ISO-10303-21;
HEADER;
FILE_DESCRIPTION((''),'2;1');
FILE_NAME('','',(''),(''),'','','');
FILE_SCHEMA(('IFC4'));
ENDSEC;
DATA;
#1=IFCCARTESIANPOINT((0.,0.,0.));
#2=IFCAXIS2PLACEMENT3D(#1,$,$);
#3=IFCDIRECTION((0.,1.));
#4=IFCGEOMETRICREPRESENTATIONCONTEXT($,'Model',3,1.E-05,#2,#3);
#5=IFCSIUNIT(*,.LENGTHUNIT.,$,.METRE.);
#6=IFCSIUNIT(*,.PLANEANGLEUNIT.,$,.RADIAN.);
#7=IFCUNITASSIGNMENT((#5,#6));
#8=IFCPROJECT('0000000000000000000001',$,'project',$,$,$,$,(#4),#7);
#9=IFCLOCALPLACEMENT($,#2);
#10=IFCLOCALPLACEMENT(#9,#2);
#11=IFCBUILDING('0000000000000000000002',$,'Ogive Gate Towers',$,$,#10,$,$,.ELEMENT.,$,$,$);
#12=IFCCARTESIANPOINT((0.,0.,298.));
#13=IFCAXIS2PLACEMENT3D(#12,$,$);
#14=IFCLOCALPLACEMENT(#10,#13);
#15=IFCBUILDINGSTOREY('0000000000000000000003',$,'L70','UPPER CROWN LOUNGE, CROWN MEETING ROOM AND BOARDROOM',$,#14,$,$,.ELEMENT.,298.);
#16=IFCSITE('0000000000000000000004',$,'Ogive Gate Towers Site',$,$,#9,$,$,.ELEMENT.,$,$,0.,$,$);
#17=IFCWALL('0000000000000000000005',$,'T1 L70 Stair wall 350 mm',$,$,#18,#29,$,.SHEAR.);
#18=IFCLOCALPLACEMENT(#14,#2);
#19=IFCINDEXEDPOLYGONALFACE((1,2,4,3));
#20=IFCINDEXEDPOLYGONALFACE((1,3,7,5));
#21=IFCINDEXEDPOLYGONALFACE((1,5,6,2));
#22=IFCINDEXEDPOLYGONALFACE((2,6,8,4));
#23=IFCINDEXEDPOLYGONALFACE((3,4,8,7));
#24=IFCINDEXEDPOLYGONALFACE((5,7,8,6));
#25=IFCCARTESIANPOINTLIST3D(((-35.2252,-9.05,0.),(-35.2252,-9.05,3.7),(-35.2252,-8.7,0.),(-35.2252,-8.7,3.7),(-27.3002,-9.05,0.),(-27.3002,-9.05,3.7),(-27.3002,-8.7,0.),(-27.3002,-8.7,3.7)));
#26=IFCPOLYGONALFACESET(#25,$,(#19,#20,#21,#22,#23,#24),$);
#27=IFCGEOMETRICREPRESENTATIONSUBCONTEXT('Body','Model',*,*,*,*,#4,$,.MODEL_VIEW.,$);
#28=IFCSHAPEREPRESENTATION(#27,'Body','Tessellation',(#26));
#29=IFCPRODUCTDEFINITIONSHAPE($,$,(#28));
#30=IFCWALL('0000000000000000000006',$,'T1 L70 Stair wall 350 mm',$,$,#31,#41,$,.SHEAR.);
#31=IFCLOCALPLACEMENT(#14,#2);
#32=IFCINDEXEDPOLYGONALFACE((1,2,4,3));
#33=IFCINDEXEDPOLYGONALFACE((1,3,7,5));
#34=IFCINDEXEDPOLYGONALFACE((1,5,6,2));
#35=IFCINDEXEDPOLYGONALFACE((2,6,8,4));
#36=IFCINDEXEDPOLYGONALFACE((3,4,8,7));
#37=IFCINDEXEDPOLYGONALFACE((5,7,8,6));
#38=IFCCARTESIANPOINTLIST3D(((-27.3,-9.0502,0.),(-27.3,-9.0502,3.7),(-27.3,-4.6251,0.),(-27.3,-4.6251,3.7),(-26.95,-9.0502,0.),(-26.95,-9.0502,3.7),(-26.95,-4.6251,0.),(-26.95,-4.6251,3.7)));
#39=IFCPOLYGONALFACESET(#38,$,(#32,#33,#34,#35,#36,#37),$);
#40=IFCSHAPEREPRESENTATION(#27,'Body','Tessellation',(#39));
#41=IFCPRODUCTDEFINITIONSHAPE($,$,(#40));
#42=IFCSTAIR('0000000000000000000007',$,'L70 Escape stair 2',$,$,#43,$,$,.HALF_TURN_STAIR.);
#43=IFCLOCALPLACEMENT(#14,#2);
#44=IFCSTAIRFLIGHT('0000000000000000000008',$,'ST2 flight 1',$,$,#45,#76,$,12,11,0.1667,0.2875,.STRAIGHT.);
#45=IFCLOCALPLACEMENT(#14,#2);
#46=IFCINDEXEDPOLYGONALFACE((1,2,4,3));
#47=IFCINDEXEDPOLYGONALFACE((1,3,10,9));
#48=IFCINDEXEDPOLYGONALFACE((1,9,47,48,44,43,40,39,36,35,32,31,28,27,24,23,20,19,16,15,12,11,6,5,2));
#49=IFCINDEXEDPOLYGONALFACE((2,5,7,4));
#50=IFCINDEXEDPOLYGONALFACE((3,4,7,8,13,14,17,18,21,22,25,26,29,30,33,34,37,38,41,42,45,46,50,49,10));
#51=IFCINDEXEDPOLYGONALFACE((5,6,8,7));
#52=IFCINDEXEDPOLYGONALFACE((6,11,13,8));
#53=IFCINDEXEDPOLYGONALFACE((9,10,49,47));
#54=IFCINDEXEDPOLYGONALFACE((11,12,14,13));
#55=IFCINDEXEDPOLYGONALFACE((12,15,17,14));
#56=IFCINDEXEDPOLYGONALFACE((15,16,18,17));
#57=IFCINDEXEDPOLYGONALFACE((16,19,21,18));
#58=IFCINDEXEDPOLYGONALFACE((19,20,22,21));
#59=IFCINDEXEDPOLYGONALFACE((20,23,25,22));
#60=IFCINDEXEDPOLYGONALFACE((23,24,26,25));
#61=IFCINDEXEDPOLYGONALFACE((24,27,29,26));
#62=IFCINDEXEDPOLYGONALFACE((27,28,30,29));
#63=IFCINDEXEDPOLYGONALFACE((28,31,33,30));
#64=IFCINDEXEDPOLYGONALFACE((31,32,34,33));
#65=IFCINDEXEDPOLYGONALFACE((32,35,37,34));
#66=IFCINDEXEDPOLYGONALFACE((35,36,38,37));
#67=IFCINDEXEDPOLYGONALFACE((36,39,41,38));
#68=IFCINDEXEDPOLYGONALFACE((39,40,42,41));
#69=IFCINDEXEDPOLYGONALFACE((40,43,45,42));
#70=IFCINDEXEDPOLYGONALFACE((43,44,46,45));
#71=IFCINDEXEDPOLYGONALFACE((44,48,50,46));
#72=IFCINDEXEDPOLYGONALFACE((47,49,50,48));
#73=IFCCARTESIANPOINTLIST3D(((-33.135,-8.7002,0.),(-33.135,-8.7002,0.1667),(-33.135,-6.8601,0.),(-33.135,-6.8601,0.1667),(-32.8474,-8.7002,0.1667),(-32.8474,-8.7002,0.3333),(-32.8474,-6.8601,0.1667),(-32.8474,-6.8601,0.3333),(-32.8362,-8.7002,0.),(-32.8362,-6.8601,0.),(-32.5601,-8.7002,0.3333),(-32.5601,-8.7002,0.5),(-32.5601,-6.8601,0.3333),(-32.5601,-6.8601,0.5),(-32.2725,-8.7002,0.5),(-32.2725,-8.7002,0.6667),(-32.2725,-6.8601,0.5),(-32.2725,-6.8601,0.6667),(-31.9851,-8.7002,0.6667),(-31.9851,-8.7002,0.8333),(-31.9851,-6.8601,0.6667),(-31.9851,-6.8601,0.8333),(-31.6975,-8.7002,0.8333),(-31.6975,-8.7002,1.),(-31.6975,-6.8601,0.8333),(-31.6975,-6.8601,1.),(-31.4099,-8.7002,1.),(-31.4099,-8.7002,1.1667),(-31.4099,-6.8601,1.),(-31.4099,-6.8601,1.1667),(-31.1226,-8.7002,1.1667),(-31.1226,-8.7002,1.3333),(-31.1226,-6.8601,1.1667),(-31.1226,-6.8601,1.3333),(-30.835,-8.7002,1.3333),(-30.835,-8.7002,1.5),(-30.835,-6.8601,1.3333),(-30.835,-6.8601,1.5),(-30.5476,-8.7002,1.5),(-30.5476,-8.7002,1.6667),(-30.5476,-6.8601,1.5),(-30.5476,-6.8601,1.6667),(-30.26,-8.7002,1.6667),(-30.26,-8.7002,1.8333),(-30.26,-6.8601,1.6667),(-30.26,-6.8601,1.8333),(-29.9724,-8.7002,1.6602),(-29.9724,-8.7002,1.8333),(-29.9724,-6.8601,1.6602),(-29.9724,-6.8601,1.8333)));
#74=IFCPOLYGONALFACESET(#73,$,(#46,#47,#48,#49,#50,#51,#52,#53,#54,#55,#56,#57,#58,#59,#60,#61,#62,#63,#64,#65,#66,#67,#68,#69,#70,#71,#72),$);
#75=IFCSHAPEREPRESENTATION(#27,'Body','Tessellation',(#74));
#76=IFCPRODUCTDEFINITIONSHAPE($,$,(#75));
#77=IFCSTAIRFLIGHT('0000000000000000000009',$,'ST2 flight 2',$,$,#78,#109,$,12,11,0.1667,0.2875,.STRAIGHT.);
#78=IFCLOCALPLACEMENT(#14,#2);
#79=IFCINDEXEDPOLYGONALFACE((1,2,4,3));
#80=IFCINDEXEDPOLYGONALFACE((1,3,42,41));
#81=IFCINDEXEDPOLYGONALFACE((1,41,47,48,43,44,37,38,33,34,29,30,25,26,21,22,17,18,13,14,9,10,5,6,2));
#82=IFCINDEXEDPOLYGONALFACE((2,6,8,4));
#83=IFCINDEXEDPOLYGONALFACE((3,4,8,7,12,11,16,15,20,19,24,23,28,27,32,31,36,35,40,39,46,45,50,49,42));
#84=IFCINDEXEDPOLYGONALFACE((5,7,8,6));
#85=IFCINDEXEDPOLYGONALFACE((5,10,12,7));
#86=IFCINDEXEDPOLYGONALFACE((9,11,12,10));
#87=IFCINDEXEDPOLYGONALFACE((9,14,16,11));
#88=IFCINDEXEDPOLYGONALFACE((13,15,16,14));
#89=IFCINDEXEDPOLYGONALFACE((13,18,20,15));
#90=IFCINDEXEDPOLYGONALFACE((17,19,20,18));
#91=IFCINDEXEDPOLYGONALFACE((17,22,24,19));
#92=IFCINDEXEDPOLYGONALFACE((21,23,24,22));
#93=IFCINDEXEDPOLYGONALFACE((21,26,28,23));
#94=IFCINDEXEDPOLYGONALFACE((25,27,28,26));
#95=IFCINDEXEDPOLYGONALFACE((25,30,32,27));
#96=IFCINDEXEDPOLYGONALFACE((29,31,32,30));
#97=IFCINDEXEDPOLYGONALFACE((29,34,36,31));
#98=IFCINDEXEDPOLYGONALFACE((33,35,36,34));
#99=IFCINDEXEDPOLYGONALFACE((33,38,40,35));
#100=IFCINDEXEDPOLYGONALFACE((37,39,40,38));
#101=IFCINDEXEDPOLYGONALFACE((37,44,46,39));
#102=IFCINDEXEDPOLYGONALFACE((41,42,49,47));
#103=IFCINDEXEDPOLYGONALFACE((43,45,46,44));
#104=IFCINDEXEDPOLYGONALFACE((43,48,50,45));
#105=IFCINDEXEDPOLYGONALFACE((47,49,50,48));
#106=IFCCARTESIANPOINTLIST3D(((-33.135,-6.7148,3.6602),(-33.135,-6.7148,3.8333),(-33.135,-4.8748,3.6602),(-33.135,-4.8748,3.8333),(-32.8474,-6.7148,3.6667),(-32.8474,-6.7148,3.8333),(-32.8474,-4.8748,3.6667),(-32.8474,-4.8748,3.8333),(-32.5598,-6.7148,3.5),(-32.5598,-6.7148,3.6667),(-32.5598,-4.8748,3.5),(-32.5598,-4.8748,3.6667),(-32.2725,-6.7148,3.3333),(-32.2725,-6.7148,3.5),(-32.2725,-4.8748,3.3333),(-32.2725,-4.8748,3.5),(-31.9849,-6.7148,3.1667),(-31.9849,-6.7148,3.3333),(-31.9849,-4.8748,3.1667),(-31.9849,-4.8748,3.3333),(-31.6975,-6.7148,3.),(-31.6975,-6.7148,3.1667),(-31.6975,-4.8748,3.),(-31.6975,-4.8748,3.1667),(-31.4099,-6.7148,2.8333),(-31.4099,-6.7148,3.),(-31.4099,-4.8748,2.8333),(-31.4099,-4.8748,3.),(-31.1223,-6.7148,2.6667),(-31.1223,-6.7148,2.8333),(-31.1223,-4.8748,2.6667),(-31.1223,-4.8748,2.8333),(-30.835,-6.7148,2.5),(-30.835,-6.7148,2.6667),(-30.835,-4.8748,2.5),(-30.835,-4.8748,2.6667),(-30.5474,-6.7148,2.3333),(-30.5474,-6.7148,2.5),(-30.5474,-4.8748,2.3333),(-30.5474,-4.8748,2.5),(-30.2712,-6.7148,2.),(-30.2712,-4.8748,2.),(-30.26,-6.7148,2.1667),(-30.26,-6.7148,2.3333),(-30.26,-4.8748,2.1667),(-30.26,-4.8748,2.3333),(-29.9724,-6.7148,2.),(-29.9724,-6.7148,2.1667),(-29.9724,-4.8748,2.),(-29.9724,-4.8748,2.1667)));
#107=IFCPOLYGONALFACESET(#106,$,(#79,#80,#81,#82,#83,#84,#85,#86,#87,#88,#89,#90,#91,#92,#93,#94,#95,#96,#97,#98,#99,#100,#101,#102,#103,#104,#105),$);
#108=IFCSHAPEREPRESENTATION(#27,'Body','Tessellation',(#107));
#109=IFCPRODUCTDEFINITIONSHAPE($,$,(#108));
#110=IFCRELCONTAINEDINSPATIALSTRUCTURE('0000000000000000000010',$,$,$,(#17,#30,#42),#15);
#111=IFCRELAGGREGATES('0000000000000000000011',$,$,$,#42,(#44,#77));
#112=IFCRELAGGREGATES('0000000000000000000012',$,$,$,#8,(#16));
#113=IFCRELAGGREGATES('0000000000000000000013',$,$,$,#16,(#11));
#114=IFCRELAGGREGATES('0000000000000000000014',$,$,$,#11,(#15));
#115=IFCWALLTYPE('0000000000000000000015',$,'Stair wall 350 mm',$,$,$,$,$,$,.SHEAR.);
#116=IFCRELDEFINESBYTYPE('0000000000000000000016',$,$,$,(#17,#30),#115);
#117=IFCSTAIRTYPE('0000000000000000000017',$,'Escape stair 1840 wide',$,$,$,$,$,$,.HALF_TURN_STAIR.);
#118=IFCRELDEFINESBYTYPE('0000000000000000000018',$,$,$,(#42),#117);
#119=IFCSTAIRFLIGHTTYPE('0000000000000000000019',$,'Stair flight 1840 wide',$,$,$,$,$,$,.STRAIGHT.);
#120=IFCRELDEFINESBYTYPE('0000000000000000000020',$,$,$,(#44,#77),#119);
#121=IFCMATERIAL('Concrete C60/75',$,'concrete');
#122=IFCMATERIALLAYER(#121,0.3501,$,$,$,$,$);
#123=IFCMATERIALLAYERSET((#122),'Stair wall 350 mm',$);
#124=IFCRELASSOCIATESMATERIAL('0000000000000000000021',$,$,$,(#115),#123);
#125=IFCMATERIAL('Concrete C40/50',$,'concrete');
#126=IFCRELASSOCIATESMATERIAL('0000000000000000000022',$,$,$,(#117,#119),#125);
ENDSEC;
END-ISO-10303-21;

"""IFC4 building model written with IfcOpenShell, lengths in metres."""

from ifc_helpers import new_model, si_unit, direction, frame, frame_2d, origin, place, context, subcontext, project, spatial, polyline, rectangle, outline, extrude, material, layer, layer_set, type_object, element, aggregate, save


model = new_model("IFC4")

# Units and contexts
model_context = context("Model", 3, precision=1e-05, world=origin(), true_north=direction((0.0, 1.0)))
body_context = subcontext(model_context, "Body", "Model", "MODEL_VIEW")
ifc_project = project(units=[si_unit("LENGTHUNIT", "METRE"), si_unit("PLANEANGLEUNIT", "RADIAN")], contexts=[model_context])

# Site, building, storey
site_placement = place(None, origin())
site = spatial("IfcSite", under=ifc_project, at=site_placement, Name="Ogive Gate Towers Site", CompositionType="ELEMENT", RefElevation=0.0)
building_placement = place(site_placement, origin())
building = spatial("IfcBuilding", under=site, at=building_placement, Name="Ogive Gate Towers", CompositionType="ELEMENT")
storey_placement = place(building_placement, frame((0.0, 0.0, 298.0)))
storey = spatial("IfcBuildingStorey", under=building, at=storey_placement, Name="L70", Description="UPPER CROWN LOUNGE, CROWN MEETING ROOM AND BOARDROOM", CompositionType="ELEMENT", Elevation=298.0)

# Shared definitions
ifc_material_1 = material(Name="Concrete C60/75", Category="concrete")

# Walls
ifc_layer_1 = layer(ifc_material_1, 0.3501)
ifc_layer_set_1 = layer_set([ifc_layer_1], Name="Stair wall 350 mm")
wall_type_1 = type_object("IfcWallType", Name="Stair wall 350 mm", PredefinedType="SHEAR", material=ifc_layer_set_1)
wall_1_placement = place(storey_placement, frame((-35.2251, -8.875, 0.0), z_axis=(0.0, 0.0, 1.0), x_axis=(1.0, 0.0, 0.0)))
element("IfcWall", 1, at=wall_1_placement, inside=storey, type_object=wall_type_1, Name="T1 L70 Stair wall 350 mm", PredefinedType="SHEAR", context=body_context, shape_type="SweptSolid", body=[
    extrude(rectangle(XDim=7.925, YDim=0.3501, at=frame_2d((3.9624, 0.0))), origin(), (0.0, 0.0, 1.0), 3.7),
])
wall_2_placement = place(storey_placement, frame((-27.125, -9.05, 0.0), z_axis=(0.0, 0.0, 1.0), x_axis=(0.0, 1.0, 0.0)))
element("IfcWall", 2, at=wall_2_placement, inside=storey, type_object=wall_type_1, Name="T1 L70 Stair wall 350 mm", PredefinedType="SHEAR", context=body_context, shape_type="SweptSolid", body=[
    extrude(rectangle(XDim=4.425, YDim=0.3501, at=frame_2d((2.2124, 0.0))), origin(), (0.0, 0.0, 1.0), 3.7),
])

# Stair, stair flights
ifc_material_2 = material(Name="Concrete C40/50", Category="concrete")
stair_type = type_object("IfcStairType", Name="Escape stair 1840 wide", PredefinedType="HALF_TURN_STAIR", material=ifc_material_2)
stair_placement = place(storey_placement, origin())
stair = element("IfcStair", 3, at=stair_placement, inside=storey, type_object=stair_type, Name="L70 Escape stair 2", PredefinedType="HALF_TURN_STAIR")
stair_flight_type = type_object("IfcStairFlightType", Name="Stair flight 1840 wide", PredefinedType="STRAIGHT", material=ifc_material_2)
stair_flight_1_placement = place(storey_placement, frame((-33.135, -7.78, 0.0), z_axis=(0.0, 0.0, 1.0), x_axis=(1.0, 0.0, 0.0)))
stair_flight_1 = element("IfcStairFlight", 4, at=stair_flight_1_placement, type_object=stair_flight_type, Name="ST2 flight 1", NumberOfRisers=12, NumberOfTreads=11, PredefinedType="STRAIGHT", RiserHeight=0.1667, TreadLength=0.2875, context=body_context, shape_type="SweptSolid", body=[
    extrude(outline(polyline([(0.0, 0.0), (0.0, 0.1667), (0.2876, 0.1667), (0.2876, 0.3333), (0.575, 0.3333), (0.575, 0.5), (0.8625, 0.5), (0.8625, 0.6667), (1.1499, 0.6667), (1.1499, 0.8333), (1.4375, 0.8333), (1.4375, 1.0), (1.7251, 1.0), (1.7251, 1.1667), (2.0125, 1.1667), (2.0125, 1.3333), (2.3, 1.3333), (2.3, 1.5), (2.5874, 1.5), (2.5874, 1.6667), (2.875, 1.6667), (2.875, 1.8333), (3.1626, 1.8333), (3.1626, 2.0), (3.1626, 1.6602), (0.2988, 0.0), (0.0, 0.0)])), frame((0.0, 0.9199, 0.0), z_axis=(0.0, -1.0, 0.0), x_axis=(1.0, 0.0, 0.0)), (0.0, 0.0, 1.0), 1.8401),
])
stair_flight_2_placement = place(storey_placement, frame((-29.9724, -5.7949, 2.0), z_axis=(0.0, 0.0, 1.0), x_axis=(-1.0, 0.0, 0.0)))
stair_flight_2 = element("IfcStairFlight", 5, at=stair_flight_2_placement, type_object=stair_flight_type, Name="ST2 flight 2", NumberOfRisers=12, NumberOfTreads=11, PredefinedType="STRAIGHT", RiserHeight=0.1667, TreadLength=0.2875, context=body_context, shape_type="SweptSolid", body=[
    extrude(outline(polyline([(0.0, 0.0), (0.0, 0.1667), (0.2876, 0.1667), (0.2876, 0.3333), (0.575, 0.3333), (0.575, 0.5), (0.8625, 0.5), (0.8625, 0.6667), (1.1499, 0.6667), (1.1499, 0.8333), (1.4375, 0.8333), (1.4375, 1.0), (1.7251, 1.0), (1.7251, 1.1667), (2.0125, 1.1667), (2.0125, 1.3333), (2.3, 1.3333), (2.3, 1.5), (2.5874, 1.5), (2.5874, 1.6667), (2.875, 1.6667), (2.875, 1.8333), (3.1626, 1.8333), (3.1626, 2.0), (3.1626, 1.6602), (0.2988, 0.0), (0.0, 0.0)])), frame((0.0, 0.9199, 0.0), z_axis=(0.0, -1.0, 0.0), x_axis=(1.0, 0.0, 0.0)), (0.0, 0.0, 1.0), 1.8401),
])
aggregate(stair, [stair_flight_1, stair_flight_2])

save(model, "model.ifc")
